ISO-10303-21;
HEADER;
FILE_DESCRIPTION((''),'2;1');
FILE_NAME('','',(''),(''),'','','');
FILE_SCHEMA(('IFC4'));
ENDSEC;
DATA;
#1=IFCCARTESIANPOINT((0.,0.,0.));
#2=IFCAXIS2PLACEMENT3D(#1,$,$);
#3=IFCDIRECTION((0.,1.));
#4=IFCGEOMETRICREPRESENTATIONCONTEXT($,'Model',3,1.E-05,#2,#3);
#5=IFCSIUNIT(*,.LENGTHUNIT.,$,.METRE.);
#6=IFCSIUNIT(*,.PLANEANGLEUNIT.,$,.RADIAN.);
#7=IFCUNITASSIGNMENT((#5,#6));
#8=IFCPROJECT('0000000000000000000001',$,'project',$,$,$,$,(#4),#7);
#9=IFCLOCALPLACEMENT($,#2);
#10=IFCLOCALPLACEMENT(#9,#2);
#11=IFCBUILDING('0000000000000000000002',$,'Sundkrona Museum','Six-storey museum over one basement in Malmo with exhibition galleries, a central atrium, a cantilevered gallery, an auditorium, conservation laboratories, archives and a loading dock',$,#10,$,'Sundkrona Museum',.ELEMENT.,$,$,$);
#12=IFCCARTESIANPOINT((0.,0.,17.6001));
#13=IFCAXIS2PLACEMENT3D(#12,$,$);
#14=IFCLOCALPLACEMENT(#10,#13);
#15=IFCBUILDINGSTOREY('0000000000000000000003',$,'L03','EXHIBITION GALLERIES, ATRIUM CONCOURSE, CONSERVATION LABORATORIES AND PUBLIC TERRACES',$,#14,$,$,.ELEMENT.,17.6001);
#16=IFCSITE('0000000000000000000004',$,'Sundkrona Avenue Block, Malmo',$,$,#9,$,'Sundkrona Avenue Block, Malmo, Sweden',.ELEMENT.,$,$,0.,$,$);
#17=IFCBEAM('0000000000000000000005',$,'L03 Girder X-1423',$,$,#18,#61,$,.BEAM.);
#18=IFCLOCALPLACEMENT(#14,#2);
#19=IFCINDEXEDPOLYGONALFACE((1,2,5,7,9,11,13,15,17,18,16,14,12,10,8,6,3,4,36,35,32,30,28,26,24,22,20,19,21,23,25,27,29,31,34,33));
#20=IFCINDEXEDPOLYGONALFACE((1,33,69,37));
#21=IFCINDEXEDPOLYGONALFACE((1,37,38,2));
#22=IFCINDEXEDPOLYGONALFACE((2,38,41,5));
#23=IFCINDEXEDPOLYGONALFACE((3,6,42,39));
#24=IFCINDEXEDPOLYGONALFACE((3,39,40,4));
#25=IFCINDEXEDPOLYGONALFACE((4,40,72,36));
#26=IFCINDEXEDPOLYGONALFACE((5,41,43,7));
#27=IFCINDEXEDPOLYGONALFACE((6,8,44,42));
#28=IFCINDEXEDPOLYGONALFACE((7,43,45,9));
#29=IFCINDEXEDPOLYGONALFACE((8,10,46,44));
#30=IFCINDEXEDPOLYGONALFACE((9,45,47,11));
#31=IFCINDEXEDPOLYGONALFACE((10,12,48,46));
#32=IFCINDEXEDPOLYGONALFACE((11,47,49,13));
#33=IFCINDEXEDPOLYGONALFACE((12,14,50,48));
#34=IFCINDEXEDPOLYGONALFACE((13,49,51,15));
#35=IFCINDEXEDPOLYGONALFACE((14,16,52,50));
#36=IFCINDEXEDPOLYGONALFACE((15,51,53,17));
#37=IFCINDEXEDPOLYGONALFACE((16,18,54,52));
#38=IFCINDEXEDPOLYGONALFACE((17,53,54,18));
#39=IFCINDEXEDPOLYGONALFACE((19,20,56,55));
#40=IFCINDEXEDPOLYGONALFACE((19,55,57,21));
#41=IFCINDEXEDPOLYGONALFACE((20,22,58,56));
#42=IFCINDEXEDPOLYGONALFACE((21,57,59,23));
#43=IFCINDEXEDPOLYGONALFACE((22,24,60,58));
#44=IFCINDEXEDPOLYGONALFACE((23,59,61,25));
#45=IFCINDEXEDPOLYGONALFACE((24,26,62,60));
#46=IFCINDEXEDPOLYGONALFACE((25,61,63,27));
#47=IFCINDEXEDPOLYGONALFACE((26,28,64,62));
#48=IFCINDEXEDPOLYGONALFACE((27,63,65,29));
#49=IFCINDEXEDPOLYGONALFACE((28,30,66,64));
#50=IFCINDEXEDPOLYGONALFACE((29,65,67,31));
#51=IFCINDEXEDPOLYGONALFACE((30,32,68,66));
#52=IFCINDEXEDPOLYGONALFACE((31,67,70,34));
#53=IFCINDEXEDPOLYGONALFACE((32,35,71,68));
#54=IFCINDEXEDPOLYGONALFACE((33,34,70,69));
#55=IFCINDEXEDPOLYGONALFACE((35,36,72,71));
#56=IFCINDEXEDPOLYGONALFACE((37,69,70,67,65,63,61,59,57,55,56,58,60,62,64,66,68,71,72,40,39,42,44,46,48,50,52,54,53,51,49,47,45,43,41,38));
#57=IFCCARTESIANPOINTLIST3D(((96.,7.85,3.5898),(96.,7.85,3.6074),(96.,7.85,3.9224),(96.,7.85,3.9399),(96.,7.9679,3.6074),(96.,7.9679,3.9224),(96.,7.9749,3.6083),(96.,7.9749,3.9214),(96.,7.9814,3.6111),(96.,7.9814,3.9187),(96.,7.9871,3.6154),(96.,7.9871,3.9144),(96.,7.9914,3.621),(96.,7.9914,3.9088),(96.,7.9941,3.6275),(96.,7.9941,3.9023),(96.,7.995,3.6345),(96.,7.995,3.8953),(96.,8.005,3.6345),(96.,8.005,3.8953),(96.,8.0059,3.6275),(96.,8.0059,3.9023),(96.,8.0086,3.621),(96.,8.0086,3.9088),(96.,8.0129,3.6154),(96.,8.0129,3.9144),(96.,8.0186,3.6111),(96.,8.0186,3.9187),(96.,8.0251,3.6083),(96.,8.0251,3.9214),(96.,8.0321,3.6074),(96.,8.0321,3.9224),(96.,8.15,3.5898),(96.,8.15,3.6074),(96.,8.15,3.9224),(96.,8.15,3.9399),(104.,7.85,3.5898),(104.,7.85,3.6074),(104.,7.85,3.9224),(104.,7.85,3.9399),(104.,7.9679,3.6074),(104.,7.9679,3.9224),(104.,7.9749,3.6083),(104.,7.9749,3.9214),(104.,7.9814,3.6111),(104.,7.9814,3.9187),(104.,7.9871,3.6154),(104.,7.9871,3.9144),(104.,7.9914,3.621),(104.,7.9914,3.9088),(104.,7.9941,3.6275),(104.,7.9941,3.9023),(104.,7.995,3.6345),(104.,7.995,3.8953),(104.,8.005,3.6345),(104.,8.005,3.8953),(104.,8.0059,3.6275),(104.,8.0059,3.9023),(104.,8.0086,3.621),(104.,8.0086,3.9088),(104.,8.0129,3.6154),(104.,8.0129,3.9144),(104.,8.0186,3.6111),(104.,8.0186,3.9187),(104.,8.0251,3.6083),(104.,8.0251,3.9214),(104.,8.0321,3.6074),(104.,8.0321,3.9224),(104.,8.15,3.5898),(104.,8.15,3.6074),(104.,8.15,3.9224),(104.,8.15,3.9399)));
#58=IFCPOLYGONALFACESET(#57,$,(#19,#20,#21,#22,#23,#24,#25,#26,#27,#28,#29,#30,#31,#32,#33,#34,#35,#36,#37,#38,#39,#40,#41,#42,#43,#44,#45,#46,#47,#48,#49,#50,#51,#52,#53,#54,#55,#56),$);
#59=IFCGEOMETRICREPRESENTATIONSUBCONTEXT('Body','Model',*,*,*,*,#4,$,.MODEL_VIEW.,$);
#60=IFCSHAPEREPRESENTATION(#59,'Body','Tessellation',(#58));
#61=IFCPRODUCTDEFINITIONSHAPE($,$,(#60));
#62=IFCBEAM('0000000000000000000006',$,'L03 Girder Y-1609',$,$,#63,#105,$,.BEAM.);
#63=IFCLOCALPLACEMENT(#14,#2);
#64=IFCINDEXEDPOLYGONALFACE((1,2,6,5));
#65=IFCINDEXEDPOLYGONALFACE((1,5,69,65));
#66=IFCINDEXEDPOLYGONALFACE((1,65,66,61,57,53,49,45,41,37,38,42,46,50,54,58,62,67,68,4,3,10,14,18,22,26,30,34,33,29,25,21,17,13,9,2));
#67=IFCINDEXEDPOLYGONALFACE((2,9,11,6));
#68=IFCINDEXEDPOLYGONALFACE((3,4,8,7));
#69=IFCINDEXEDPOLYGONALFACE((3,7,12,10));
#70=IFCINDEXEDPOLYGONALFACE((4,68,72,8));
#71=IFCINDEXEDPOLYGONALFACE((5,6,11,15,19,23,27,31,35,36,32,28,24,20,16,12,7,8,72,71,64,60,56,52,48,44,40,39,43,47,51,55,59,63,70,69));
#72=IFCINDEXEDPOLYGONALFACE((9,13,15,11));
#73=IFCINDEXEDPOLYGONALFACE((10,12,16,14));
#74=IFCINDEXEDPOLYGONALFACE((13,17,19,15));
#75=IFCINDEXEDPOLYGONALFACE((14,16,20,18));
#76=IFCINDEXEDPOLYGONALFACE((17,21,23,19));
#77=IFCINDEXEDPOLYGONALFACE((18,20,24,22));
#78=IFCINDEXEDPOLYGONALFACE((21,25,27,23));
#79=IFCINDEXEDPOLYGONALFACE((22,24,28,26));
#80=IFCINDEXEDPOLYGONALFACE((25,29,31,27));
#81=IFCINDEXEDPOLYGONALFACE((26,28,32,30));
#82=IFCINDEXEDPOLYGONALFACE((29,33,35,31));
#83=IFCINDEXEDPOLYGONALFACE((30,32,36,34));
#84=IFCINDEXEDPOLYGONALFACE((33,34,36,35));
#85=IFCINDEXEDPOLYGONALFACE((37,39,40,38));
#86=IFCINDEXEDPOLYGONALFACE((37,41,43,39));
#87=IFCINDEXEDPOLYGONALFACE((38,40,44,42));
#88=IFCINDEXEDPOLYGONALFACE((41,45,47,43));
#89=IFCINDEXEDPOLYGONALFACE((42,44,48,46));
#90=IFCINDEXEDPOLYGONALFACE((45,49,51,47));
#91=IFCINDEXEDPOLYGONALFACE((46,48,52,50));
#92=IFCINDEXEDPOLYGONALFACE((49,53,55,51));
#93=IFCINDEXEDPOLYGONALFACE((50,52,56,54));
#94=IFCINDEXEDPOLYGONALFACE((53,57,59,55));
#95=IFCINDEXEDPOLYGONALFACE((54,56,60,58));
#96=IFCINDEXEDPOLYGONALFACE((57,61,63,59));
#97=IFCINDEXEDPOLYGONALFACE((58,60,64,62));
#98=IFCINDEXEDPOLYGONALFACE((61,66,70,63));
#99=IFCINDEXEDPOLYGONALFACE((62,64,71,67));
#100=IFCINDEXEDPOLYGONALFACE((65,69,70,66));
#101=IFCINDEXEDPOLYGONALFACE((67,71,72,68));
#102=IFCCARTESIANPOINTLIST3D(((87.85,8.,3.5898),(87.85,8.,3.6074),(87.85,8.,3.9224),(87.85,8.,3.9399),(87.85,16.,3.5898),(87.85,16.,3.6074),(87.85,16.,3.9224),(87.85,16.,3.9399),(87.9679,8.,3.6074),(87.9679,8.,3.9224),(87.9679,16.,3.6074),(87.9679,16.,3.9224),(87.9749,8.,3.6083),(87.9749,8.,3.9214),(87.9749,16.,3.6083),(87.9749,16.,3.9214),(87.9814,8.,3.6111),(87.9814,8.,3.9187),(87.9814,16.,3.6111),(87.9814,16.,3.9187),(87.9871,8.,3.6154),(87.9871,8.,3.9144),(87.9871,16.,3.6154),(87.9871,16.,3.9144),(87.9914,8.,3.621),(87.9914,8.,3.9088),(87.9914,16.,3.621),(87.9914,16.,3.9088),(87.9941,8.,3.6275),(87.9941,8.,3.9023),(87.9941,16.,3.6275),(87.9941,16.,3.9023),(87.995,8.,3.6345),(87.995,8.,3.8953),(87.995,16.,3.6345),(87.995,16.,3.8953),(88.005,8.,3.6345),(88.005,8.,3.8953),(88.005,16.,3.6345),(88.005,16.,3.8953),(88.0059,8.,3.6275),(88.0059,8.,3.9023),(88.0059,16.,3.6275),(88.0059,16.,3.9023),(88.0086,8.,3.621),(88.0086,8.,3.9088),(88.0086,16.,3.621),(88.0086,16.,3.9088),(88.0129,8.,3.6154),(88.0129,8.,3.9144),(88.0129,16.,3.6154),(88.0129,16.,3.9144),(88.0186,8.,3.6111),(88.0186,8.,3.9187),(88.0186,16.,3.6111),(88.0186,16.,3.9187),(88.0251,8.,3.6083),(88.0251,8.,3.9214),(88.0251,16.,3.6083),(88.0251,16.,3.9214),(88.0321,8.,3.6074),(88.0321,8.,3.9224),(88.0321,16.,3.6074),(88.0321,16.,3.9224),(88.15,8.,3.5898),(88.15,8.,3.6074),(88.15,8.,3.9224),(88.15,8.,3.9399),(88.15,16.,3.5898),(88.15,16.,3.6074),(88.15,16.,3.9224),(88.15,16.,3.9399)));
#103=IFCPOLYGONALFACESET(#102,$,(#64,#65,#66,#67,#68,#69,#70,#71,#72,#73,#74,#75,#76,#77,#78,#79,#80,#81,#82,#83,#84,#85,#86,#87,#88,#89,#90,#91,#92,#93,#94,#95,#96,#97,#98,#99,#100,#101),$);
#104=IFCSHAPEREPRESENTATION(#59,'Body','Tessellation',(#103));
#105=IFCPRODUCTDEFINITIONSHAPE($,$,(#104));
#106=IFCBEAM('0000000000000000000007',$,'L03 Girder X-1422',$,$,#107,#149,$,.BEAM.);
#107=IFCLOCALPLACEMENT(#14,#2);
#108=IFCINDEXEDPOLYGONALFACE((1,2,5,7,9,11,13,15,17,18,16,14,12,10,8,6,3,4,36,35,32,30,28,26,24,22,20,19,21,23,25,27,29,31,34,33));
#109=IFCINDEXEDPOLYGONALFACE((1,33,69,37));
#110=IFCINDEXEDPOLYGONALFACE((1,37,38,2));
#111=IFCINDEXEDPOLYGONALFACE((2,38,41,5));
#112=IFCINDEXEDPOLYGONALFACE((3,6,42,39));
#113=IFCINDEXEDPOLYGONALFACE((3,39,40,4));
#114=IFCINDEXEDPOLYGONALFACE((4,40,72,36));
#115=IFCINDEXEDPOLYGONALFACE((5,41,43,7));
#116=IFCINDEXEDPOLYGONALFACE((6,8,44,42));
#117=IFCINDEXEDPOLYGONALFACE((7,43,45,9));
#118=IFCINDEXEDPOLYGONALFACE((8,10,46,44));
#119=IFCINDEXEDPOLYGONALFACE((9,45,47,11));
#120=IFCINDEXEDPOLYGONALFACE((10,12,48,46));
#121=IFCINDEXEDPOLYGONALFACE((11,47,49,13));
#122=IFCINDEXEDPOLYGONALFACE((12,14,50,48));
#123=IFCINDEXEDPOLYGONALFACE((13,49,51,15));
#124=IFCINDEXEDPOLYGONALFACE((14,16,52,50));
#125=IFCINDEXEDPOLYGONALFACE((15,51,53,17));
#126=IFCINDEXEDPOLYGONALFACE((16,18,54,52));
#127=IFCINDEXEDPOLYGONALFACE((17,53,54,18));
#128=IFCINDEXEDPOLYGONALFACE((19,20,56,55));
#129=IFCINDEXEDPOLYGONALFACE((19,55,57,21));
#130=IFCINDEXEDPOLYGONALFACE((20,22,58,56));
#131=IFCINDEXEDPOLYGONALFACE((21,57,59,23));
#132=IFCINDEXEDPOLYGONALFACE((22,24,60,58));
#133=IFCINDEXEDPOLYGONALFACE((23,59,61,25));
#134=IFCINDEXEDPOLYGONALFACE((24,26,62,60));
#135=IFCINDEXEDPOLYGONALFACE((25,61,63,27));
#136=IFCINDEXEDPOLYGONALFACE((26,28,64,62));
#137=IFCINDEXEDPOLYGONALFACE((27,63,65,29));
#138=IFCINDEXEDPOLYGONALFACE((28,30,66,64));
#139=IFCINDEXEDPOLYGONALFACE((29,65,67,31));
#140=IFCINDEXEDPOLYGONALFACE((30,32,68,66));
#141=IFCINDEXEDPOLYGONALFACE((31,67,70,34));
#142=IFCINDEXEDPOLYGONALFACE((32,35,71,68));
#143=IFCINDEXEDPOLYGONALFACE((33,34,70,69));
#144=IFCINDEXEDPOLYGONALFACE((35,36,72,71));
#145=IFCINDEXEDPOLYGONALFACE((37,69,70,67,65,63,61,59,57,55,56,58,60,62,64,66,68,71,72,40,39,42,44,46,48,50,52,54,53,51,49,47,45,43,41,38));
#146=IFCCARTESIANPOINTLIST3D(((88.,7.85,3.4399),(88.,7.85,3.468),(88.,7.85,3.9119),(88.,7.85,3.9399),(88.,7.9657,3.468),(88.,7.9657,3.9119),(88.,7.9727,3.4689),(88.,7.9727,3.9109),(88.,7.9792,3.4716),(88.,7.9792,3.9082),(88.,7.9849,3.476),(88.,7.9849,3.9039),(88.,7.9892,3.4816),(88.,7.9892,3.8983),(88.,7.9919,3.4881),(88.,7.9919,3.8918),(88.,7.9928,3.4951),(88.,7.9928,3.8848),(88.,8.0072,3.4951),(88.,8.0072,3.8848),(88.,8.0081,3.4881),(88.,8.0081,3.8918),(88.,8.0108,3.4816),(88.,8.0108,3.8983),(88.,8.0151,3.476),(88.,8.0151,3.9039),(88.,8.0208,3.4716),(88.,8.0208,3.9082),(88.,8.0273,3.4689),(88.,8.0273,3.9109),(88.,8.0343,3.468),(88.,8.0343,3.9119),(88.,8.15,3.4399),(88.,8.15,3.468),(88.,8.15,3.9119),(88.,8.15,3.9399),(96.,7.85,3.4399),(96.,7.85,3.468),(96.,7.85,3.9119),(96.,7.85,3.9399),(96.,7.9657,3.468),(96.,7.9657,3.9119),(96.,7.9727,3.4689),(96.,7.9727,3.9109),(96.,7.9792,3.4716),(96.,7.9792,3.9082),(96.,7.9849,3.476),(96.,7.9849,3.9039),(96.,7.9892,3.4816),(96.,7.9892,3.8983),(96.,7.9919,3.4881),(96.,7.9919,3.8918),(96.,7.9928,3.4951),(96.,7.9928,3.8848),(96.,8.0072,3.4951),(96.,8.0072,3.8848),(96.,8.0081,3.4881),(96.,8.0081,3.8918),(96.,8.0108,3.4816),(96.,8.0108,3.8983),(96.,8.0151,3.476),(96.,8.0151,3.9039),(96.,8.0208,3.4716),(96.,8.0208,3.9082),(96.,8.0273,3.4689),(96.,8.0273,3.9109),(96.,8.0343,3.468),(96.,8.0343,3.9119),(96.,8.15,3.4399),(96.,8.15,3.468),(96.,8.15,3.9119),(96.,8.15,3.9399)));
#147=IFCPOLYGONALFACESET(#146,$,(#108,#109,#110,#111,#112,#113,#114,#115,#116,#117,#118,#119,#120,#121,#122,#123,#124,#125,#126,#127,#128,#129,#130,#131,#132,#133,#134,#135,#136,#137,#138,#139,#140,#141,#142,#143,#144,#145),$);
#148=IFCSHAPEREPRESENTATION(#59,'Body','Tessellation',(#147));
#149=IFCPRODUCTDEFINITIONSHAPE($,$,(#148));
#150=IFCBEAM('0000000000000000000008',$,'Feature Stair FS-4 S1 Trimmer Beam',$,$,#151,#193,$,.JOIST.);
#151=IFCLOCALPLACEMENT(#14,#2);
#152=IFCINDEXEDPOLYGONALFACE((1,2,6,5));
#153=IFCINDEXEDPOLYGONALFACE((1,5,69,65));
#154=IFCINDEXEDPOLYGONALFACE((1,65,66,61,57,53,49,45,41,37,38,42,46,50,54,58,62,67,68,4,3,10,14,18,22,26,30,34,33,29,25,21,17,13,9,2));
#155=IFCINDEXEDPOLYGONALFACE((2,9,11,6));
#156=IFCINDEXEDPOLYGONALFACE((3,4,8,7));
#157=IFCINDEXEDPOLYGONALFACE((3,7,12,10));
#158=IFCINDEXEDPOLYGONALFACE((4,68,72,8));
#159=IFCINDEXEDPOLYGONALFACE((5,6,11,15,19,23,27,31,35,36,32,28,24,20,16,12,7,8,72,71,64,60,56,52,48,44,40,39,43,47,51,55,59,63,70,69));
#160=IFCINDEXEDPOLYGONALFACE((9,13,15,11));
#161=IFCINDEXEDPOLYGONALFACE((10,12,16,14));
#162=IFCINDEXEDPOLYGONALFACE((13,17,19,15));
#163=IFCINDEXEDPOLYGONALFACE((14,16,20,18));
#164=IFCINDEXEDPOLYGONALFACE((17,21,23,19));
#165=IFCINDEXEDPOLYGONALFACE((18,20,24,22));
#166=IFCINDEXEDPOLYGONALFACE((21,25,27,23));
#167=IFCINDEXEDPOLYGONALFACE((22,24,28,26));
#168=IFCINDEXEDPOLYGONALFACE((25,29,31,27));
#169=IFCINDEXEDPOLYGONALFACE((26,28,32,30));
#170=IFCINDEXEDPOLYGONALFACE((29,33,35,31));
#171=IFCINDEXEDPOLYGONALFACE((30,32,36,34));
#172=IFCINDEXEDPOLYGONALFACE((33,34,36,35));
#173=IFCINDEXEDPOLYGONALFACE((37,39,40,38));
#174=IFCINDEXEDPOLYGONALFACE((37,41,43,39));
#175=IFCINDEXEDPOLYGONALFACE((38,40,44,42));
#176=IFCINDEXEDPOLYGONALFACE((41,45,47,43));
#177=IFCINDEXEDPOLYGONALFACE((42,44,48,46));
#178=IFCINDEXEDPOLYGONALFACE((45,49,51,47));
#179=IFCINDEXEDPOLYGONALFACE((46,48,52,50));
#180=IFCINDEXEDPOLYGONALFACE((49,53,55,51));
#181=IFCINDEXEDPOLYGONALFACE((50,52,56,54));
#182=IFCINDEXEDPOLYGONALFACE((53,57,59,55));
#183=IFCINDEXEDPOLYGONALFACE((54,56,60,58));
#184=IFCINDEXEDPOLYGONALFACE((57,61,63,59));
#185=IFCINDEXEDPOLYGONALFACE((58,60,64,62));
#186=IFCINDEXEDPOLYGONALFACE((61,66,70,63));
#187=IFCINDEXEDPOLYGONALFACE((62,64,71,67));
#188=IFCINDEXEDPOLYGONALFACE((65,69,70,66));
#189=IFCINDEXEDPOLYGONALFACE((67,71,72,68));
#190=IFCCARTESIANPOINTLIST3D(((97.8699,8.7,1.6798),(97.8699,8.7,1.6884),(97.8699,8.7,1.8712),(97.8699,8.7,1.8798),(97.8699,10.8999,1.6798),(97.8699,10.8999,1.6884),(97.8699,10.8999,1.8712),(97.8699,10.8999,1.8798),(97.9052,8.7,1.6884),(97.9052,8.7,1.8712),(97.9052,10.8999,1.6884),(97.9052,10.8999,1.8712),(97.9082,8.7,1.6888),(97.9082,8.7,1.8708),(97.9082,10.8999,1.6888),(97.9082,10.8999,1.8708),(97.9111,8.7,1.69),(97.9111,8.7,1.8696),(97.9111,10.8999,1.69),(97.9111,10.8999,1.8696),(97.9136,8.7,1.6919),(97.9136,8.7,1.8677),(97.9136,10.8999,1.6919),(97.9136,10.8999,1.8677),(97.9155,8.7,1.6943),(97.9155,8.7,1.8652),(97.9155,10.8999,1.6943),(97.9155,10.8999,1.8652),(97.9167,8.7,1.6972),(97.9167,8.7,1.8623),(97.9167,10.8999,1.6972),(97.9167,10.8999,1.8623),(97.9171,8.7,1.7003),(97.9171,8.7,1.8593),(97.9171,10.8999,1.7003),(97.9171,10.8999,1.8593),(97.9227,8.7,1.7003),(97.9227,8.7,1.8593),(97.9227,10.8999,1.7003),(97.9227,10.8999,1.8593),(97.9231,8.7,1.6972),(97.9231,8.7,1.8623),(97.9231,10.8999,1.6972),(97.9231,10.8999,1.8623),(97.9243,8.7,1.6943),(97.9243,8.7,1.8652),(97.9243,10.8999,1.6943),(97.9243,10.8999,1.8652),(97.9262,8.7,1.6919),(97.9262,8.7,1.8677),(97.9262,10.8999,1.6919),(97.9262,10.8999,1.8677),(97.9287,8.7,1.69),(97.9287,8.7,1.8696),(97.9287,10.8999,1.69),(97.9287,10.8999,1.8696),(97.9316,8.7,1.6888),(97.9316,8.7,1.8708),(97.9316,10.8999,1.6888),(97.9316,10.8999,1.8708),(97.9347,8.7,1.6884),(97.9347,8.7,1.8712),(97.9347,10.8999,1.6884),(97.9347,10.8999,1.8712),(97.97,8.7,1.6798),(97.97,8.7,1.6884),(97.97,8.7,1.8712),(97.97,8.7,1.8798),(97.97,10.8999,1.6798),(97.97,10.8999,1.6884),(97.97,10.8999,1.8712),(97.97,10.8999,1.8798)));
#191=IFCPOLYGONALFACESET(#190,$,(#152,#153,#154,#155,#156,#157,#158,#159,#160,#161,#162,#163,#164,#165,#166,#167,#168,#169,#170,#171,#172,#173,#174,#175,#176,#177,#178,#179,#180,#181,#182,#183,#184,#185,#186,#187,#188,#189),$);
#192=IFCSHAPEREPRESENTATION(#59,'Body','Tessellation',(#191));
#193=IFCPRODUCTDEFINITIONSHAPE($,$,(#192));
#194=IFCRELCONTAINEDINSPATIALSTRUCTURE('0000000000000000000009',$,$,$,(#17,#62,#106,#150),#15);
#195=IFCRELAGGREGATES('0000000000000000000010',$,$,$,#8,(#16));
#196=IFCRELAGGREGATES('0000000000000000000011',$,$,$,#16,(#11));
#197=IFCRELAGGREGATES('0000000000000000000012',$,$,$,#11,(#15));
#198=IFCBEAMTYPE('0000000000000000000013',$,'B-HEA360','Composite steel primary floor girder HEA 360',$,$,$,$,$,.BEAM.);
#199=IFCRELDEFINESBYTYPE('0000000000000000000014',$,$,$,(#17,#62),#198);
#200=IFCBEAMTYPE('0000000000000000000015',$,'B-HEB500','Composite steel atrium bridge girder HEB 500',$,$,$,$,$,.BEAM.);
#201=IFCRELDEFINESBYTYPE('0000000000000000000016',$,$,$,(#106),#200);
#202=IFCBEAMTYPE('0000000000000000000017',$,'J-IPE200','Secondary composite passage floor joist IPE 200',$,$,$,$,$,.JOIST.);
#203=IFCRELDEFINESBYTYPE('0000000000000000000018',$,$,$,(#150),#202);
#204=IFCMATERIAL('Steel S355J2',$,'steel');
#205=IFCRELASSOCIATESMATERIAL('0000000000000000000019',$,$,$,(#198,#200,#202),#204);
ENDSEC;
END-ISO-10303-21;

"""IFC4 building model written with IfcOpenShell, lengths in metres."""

from ifc_helpers import new_model, si_unit, direction, frame, origin, origin_2d, place, context, subcontext, project, spatial, i_section, extrude, material, material_profile, profile_set, type_object, element, save


model = new_model("IFC4")

# Units and contexts
model_context = context("Model", 3, precision=1e-05, world=origin(), true_north=direction((0.0, 1.0)))
body_context = subcontext(model_context, "Body", "Model", "MODEL_VIEW")
ifc_project = project(units=[si_unit("LENGTHUNIT", "METRE"), si_unit("PLANEANGLEUNIT", "RADIAN")], contexts=[model_context])

# Site, building, storey
site_placement = place(None, origin())
site = spatial("IfcSite", under=ifc_project, at=site_placement, Name="Sundkrona Avenue Block, Malmo", LongName="Sundkrona Avenue Block, Malmo, Sweden", CompositionType="ELEMENT", RefElevation=0.0)
building_placement = place(site_placement, origin())
building = spatial("IfcBuilding", under=site, at=building_placement, Name="Sundkrona Museum", Description="Six-storey museum over one basement in Malmo with exhibition galleries, a central atrium, a cantilevered gallery, an auditorium, conservation laboratories, archives and a loading dock", LongName="Sundkrona Museum", CompositionType="ELEMENT")
storey_placement = place(building_placement, frame((0.0, 0.0, 17.6001)))
storey = spatial("IfcBuildingStorey", under=building, at=storey_placement, Name="L03", Description="EXHIBITION GALLERIES, ATRIUM CONCOURSE, CONSERVATION LABORATORIES AND PUBLIC TERRACES", CompositionType="ELEMENT", Elevation=17.6001)

# Shared definitions
ifc_material_1 = material(Name="Steel S355J2", Category="steel")

# Beams
ifc_material_profile_1 = material_profile(ifc_material_1, i_section(OverallWidth=0.3, OverallDepth=0.3501, WebThickness=0.01, FlangeThickness=0.0176, FilletRadius=0.0271, at=origin_2d()), Name="HEA 360")
ifc_profile_set_1 = profile_set([ifc_material_profile_1], Name="Steel S355J2")
beam_type_1 = type_object("IfcBeamType", Name="B-HEA360", Description="Composite steel primary floor girder HEA 360", PredefinedType="BEAM", material=ifc_profile_set_1)
for number, where, z_axis, x_axis, name in (
    (1, (96.0, 8.0, 3.7649), (1.0, 0.0, 0.0), (0.0, 1.0, 0.0), "L03 Girder X-1423"),
    (2, (88.0, 8.0, 3.7649), (0.0, 1.0, 0.0), (-1.0, 0.0, 0.0), "L03 Girder Y-1609"),
):
    element("IfcBeam", number, at=place(storey_placement, frame(where, z_axis=z_axis, x_axis=x_axis)), inside=storey, type_object=beam_type_1, Name=name, PredefinedType="BEAM", context=body_context, shape_type="SweptSolid", body=[
        extrude(i_section(OverallWidth=0.3, OverallDepth=0.3501, WebThickness=0.01, FlangeThickness=0.0176, FilletRadius=0.0271, at=origin_2d()), origin(), (0.0, 0.0, 1.0), 8.0),
    ])
ifc_material_profile_2 = material_profile(ifc_material_1, i_section(OverallWidth=0.3, OverallDepth=0.5, WebThickness=0.0144, FlangeThickness=0.0281, FilletRadius=0.0271, at=origin_2d()), Name="HEB 500")
ifc_profile_set_2 = profile_set([ifc_material_profile_2], Name="Steel S355J2")
beam_type_2 = type_object("IfcBeamType", Name="B-HEB500", Description="Composite steel atrium bridge girder HEB 500", PredefinedType="BEAM", material=ifc_profile_set_2)
beam_1_placement = place(storey_placement, frame((88.0, 8.0, 3.6899), z_axis=(1.0, 0.0, 0.0), x_axis=(0.0, 1.0, 0.0)))
element("IfcBeam", 3, at=beam_1_placement, inside=storey, type_object=beam_type_2, Name="L03 Girder X-1422", PredefinedType="BEAM", context=body_context, shape_type="SweptSolid", body=[
    extrude(i_section(OverallWidth=0.3, OverallDepth=0.5, WebThickness=0.0144, FlangeThickness=0.0281, FilletRadius=0.0271, at=origin_2d()), origin(), (0.0, 0.0, 1.0), 8.0),
])
ifc_material_profile_3 = material_profile(ifc_material_1, i_section(OverallWidth=0.1001, OverallDepth=0.2, WebThickness=0.0056, FlangeThickness=0.0085, FilletRadius=0.012, at=origin_2d()), Name="IPE 200")
ifc_profile_set_3 = profile_set([ifc_material_profile_3], Name="Steel S355J2")
beam_type_3 = type_object("IfcBeamType", Name="J-IPE200", Description="Secondary composite passage floor joist IPE 200", PredefinedType="JOIST", material=ifc_profile_set_3)
beam_2_placement = place(storey_placement, frame((97.9199, 8.7, 1.7798), z_axis=(0.0, 1.0, 0.0), x_axis=(-1.0, 0.0, 0.0)))
element("IfcBeam", 4, at=beam_2_placement, inside=storey, type_object=beam_type_3, Name="Feature Stair FS-4 S1 Trimmer Beam", PredefinedType="JOIST", context=body_context, shape_type="SweptSolid", body=[
    extrude(i_section(OverallWidth=0.1001, OverallDepth=0.2, WebThickness=0.0056, FlangeThickness=0.0085, FilletRadius=0.012, at=origin_2d()), origin(), (0.0, 0.0, 1.0), 2.2),
])

save(model, "model.ifc")
